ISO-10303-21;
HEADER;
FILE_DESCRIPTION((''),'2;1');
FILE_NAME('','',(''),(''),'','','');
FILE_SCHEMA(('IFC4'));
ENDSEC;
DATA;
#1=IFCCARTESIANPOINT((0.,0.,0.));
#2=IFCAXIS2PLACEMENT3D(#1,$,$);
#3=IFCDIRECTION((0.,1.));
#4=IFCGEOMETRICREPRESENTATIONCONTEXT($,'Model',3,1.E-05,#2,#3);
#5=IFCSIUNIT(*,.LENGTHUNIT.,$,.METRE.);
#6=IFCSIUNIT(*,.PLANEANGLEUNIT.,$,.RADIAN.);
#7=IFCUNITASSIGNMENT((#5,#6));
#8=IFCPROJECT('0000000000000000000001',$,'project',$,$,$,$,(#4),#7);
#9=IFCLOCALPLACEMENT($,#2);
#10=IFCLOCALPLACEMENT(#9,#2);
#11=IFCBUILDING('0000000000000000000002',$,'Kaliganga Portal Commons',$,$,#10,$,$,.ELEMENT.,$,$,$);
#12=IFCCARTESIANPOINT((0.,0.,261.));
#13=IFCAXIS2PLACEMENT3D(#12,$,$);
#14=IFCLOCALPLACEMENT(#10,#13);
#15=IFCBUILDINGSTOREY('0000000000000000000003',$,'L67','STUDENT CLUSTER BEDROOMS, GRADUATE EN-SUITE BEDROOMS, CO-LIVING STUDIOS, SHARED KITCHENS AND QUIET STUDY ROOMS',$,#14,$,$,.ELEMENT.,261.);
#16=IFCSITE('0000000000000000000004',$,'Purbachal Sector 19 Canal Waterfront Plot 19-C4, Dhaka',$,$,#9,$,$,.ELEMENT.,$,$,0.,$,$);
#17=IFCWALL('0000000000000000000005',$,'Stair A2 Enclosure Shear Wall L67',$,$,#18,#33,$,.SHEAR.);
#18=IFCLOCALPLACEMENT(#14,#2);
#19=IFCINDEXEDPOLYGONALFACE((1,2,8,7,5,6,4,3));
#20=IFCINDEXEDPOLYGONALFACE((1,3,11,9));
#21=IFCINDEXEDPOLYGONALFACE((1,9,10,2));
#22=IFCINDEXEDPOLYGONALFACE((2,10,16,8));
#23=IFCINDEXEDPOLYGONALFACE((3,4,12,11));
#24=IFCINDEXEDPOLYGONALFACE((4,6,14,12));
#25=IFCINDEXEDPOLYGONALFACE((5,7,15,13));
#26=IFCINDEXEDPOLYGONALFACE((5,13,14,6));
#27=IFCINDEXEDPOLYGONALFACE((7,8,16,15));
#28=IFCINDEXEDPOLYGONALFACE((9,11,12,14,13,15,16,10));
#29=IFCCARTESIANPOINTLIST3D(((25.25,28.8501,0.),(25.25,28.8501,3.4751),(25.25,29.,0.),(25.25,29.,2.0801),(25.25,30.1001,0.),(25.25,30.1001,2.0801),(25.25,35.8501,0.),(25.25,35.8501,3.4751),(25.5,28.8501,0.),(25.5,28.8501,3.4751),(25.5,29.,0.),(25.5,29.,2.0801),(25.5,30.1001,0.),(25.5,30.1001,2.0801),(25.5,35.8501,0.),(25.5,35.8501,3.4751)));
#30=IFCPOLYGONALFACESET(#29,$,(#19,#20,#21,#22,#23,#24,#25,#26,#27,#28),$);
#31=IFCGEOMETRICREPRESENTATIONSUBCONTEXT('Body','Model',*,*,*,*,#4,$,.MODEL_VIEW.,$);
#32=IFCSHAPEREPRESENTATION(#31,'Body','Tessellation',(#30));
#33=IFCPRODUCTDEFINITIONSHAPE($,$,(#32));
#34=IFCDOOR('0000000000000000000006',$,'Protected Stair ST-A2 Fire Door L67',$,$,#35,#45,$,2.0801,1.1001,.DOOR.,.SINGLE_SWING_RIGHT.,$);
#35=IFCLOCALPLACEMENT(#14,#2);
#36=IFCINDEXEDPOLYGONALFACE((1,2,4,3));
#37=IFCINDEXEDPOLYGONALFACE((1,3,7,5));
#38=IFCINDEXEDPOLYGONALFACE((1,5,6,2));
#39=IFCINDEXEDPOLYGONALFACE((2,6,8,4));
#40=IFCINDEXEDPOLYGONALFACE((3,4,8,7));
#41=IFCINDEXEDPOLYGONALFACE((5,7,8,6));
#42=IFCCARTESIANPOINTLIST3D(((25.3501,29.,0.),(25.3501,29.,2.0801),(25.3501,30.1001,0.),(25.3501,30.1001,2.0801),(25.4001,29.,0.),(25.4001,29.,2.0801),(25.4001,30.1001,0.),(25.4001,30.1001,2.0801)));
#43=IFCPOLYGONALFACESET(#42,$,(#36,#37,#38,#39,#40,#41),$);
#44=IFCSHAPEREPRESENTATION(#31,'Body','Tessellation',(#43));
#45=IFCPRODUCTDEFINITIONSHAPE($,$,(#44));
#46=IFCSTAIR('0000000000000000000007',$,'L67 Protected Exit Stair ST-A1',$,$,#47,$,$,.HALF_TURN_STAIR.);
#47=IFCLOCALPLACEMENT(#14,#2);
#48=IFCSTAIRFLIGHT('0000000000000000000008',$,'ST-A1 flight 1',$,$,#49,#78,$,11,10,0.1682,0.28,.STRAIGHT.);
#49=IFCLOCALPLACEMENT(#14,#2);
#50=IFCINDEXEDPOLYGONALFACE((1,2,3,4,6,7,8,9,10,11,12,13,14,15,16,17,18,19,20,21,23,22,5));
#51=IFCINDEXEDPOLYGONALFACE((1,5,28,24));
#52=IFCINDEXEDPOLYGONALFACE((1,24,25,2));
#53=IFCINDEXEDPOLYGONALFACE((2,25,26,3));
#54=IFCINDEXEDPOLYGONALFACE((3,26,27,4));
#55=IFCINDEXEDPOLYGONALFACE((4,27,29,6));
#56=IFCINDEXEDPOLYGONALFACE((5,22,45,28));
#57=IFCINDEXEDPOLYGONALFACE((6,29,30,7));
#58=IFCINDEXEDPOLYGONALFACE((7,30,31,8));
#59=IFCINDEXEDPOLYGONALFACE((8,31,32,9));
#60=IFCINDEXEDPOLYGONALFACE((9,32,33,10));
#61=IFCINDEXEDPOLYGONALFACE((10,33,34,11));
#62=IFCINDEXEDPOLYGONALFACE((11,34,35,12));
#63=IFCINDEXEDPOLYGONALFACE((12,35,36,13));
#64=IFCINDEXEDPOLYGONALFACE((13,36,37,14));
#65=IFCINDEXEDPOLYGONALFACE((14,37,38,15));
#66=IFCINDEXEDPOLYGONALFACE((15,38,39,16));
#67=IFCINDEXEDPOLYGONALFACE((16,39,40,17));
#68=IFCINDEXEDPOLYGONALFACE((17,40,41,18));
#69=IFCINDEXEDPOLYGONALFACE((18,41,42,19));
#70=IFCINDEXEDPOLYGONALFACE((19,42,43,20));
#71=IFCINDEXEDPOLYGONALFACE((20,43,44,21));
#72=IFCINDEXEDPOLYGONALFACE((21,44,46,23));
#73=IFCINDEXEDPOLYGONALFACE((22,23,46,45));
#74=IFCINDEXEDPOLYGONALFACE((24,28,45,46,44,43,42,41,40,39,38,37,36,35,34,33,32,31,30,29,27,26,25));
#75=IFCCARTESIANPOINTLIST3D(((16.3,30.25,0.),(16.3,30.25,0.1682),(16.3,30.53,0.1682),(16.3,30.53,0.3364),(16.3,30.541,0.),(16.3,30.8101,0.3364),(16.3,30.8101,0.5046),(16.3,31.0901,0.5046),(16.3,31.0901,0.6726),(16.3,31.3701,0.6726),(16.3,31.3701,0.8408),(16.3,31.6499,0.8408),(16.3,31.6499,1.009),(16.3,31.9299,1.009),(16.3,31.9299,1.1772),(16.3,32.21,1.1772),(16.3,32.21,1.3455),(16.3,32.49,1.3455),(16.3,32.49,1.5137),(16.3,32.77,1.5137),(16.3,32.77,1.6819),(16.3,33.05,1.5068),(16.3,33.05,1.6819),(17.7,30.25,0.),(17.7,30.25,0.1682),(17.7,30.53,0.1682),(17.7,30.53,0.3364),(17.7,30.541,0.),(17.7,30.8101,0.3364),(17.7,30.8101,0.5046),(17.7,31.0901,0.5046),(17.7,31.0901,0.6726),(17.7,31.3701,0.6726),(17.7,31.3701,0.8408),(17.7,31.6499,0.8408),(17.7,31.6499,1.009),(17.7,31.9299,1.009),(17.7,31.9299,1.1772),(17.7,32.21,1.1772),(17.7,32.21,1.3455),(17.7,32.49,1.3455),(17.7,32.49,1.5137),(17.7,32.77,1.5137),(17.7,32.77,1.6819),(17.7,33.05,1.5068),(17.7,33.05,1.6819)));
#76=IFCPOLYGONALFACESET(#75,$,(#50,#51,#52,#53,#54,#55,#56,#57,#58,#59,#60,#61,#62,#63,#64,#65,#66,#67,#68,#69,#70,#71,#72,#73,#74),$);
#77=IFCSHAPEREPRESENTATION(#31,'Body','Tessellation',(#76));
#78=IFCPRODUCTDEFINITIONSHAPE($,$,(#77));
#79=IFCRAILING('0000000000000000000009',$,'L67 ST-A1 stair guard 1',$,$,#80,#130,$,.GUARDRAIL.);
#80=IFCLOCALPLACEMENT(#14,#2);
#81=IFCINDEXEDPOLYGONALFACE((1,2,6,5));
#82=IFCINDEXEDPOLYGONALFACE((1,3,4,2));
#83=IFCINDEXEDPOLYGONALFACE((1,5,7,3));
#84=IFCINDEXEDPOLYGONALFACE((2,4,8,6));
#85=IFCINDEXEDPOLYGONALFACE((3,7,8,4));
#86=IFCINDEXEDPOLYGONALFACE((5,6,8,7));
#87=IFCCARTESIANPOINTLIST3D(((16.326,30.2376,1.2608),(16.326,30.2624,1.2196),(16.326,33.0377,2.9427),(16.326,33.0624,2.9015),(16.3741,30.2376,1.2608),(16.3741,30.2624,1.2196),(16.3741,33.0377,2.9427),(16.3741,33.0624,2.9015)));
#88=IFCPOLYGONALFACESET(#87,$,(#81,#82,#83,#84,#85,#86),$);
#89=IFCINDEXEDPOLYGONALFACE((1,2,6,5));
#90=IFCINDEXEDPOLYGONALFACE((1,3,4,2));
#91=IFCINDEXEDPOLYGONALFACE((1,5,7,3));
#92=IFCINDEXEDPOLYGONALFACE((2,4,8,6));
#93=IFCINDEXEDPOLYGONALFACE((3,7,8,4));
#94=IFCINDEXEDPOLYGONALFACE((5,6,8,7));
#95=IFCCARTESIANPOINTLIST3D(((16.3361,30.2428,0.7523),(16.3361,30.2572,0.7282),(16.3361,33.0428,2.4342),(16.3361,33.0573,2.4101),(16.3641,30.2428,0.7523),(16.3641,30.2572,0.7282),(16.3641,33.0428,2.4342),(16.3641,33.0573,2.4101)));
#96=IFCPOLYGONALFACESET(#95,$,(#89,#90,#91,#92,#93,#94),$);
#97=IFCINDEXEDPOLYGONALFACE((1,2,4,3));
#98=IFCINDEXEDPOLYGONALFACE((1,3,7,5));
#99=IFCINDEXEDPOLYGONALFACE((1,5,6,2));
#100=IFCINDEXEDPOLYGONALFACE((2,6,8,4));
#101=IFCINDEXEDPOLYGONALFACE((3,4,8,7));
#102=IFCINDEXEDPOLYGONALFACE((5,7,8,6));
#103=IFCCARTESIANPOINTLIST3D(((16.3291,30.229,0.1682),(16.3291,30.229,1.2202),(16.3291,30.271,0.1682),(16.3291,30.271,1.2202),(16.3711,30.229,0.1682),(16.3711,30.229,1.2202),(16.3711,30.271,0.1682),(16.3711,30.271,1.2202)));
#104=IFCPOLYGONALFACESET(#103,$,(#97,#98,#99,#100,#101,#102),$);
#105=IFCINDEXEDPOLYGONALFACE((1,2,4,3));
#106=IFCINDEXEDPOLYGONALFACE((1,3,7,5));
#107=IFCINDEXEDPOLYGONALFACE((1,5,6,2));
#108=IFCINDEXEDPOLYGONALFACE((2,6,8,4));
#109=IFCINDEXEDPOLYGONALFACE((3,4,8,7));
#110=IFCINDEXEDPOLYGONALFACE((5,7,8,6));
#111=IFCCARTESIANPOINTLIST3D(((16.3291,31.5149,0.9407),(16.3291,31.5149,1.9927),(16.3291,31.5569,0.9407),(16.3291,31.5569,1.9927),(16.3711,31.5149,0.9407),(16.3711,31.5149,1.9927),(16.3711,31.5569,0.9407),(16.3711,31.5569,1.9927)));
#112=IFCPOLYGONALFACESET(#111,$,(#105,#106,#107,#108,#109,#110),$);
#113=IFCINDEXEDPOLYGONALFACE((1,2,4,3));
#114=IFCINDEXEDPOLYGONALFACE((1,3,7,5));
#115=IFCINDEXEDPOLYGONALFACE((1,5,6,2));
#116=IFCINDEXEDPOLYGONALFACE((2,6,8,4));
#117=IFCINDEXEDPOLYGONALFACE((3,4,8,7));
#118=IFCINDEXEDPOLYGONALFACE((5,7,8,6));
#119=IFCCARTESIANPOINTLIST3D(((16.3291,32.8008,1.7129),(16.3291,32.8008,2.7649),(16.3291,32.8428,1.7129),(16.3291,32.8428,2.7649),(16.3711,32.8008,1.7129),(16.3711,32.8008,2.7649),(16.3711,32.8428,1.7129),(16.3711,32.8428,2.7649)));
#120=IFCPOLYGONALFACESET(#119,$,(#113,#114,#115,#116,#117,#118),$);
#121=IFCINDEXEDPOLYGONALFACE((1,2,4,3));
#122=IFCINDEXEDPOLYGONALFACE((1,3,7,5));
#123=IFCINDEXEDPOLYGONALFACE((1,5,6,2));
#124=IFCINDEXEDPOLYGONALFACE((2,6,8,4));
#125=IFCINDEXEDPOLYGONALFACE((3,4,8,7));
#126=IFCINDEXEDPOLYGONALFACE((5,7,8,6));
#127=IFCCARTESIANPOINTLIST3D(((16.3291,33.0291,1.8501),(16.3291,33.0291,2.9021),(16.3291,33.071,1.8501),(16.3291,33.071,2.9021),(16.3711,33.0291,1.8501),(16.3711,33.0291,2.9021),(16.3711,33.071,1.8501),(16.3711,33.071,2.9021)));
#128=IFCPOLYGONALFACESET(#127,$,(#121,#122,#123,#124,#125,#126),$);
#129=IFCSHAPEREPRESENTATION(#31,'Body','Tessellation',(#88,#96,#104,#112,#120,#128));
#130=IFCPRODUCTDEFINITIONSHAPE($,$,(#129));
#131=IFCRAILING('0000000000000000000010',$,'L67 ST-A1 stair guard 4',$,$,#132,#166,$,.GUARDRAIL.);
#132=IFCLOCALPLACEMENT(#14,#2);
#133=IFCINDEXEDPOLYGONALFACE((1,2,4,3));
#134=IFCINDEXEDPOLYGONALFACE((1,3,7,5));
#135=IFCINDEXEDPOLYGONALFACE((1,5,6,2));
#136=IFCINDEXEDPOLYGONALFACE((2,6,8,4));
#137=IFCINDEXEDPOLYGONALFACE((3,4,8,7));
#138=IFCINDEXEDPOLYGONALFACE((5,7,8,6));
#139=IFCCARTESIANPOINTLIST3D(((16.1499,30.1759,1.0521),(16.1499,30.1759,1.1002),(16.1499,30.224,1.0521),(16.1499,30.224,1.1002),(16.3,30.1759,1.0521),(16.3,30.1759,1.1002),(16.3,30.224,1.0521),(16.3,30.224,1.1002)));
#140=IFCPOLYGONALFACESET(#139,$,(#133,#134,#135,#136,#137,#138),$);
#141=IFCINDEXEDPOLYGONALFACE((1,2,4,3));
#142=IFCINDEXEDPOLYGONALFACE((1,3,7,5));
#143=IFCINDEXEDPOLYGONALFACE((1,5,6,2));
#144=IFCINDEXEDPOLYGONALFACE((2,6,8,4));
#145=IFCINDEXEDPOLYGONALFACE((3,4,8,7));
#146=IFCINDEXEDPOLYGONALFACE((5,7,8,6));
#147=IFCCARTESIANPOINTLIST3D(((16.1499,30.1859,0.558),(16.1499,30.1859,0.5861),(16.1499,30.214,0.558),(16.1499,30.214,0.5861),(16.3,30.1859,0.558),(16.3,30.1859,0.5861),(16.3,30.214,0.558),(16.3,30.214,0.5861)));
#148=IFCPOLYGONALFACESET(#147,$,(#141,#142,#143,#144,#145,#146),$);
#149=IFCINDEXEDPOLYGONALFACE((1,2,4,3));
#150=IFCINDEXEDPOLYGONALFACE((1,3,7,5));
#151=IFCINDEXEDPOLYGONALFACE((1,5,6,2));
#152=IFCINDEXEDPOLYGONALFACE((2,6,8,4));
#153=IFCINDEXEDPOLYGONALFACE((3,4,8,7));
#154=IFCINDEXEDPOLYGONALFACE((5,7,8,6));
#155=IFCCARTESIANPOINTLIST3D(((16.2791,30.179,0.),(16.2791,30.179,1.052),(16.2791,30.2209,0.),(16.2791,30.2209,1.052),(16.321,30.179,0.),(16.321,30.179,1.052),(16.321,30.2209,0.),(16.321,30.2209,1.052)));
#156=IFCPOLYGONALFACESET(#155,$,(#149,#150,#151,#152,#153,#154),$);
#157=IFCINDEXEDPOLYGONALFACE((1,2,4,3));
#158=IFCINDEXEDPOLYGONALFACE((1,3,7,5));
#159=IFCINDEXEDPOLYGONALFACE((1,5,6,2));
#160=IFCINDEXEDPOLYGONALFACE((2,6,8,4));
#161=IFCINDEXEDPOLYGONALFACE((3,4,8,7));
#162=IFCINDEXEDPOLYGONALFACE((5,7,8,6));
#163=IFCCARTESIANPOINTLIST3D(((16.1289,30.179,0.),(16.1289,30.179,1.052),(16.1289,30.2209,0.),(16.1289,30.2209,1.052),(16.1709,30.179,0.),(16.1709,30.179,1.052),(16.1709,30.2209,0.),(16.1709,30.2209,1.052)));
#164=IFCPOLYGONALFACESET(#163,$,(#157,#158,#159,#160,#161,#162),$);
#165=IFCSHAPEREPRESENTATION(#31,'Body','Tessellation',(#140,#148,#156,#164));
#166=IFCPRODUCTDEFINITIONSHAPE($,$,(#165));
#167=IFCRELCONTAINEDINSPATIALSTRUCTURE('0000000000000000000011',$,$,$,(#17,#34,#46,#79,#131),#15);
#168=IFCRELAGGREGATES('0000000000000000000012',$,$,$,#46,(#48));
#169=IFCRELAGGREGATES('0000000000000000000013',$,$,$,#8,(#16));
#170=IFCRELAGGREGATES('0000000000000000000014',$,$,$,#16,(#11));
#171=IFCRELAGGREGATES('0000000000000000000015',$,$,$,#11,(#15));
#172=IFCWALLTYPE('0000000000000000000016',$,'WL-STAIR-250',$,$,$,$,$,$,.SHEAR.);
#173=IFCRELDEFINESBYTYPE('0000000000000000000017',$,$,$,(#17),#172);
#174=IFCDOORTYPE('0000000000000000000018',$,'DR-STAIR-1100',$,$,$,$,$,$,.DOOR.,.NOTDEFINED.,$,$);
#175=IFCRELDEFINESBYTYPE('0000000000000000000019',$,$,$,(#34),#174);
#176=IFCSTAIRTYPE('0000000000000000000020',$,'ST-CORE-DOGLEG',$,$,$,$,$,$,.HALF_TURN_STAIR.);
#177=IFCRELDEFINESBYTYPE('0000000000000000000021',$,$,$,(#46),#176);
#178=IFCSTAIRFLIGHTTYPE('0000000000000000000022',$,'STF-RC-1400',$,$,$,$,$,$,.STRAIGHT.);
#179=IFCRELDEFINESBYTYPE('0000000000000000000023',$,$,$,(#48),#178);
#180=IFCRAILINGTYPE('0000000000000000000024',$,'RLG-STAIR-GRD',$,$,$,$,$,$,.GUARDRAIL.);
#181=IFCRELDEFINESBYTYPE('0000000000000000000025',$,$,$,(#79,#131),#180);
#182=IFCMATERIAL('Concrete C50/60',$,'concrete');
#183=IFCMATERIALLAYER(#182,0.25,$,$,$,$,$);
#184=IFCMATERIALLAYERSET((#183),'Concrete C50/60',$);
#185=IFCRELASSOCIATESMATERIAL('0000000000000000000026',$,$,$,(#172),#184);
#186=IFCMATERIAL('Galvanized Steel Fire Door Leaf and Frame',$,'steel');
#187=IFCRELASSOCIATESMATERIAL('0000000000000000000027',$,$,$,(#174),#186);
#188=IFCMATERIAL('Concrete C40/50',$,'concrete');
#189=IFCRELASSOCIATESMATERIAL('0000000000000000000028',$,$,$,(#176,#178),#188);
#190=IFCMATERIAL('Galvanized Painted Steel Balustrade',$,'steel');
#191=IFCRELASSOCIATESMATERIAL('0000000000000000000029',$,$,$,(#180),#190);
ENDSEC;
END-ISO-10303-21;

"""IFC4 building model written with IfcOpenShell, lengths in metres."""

from ifc_helpers import new_model, si_unit, direction, frame, frame_2d, origin, origin_2d, place, context, subcontext, project, spatial, polyline, rectangle, outline, extrude, material, layer, layer_set, type_object, element, fill, aggregate, save


model = new_model("IFC4")

# Units and contexts
model_context = context("Model", 3, precision=1e-05, world=origin(), true_north=direction((0.0, 1.0)))
body_context = subcontext(model_context, "Body", "Model", "MODEL_VIEW")
ifc_project = project(units=[si_unit("LENGTHUNIT", "METRE"), si_unit("PLANEANGLEUNIT", "RADIAN")], contexts=[model_context])

# Site, building, storey
site_placement = place(None, origin())
site = spatial("IfcSite", under=ifc_project, at=site_placement, Name="Purbachal Sector 19 Canal Waterfront Plot 19-C4, Dhaka", CompositionType="ELEMENT", RefElevation=0.0)
building_placement = place(site_placement, origin())
building = spatial("IfcBuilding", under=site, at=building_placement, Name="Kaliganga Portal Commons", CompositionType="ELEMENT")
storey_placement = place(building_placement, frame((0.0, 0.0, 261.0)))
storey = spatial("IfcBuildingStorey", under=building, at=storey_placement, Name="L67", Description="STUDENT CLUSTER BEDROOMS, GRADUATE EN-SUITE BEDROOMS, CO-LIVING STUDIOS, SHARED KITCHENS AND QUIET STUDY ROOMS", CompositionType="ELEMENT", Elevation=261.0)

# Shared definitions
ifc_material_1 = material(Name="Concrete C50/60", Category="concrete")

# Wall, opening, door
ifc_layer_1 = layer(ifc_material_1, 0.25)
ifc_layer_set_1 = layer_set([ifc_layer_1], Name="Concrete C50/60")
wall_type_1 = type_object("IfcWallType", Name="WL-STAIR-250", PredefinedType="SHEAR", material=ifc_layer_set_1)
ifc_material_2 = material(Name="Galvanized Steel Fire Door Leaf and Frame", Category="steel")
door_type_1 = type_object("IfcDoorType", Name="DR-STAIR-1100", OperationType="NOTDEFINED", PredefinedType="DOOR", material=ifc_material_2)
wall_1_placement = place(storey_placement, frame((25.375, 28.8501, 0.0), z_axis=(0.0, 0.0, 1.0), x_axis=(0.0, 1.0, 0.0)))
wall_1 = element("IfcWall", 1, at=wall_1_placement, inside=storey, type_object=wall_type_1, Name="Stair A2 Enclosure Shear Wall L67", PredefinedType="SHEAR", context=body_context, shape_type="SweptSolid", body=[
    extrude(rectangle(XDim=7.0, YDim=0.25, at=frame_2d((3.5, 0.0))), origin(), (0.0, 0.0, 1.0), 3.4751),
])
opening_1_placement = place(wall_1_placement, frame((0.1499, 0.0, 0.0)))
opening_1 = element("IfcOpeningElement", 2, at=opening_1_placement, cuts=wall_1, PredefinedType="OPENING", context=body_context, shape_type="SweptSolid", body=[
    extrude(rectangle(XDim=1.1001, YDim=2.0801, at=frame_2d((0.55, 1.04))), frame((0.0, 0.135, 0.0), z_axis=(0.0, -1.0, 0.0), x_axis=(1.0, 0.0, 0.0)), (0.0, 0.0, 1.0), 0.27),
])
door_1_placement = place(opening_1_placement, origin())
door_1 = element("IfcDoor", 3, at=door_1_placement, inside=storey, type_object=door_type_1, Name="Protected Stair ST-A2 Fire Door L67", OperationType="SINGLE_SWING_RIGHT", OverallHeight=2.0801, OverallWidth=1.1001, PredefinedType="DOOR", context=body_context, shape_type="SweptSolid", body=[
    extrude(rectangle(XDim=1.1001, YDim=2.0801, at=frame_2d((0.55, 1.04))), frame((0.0, 0.0249, 0.0), z_axis=(0.0, -1.0, 0.0), x_axis=(1.0, 0.0, 0.0)), (0.0, 0.0, 1.0), 0.05),
])
fill(opening_1, door_1)

# Stair, stair flight
ifc_material_3 = material(Name="Concrete C40/50", Category="concrete")
stair_type = type_object("IfcStairType", Name="ST-CORE-DOGLEG", PredefinedType="HALF_TURN_STAIR", material=ifc_material_3)
stair_placement = place(storey_placement, origin())
stair = element("IfcStair", 4, at=stair_placement, inside=storey, type_object=stair_type, Name="L67 Protected Exit Stair ST-A1", PredefinedType="HALF_TURN_STAIR")
stair_flight_type = type_object("IfcStairFlightType", Name="STF-RC-1400", PredefinedType="STRAIGHT", material=ifc_material_3)
stair_flight_placement = place(storey_placement, frame((17.0, 30.25, 0.0), z_axis=(0.0, 0.0, 1.0), x_axis=(0.0, 1.0, 0.0)))
stair_flight = element("IfcStairFlight", 5, at=stair_flight_placement, type_object=stair_flight_type, Name="ST-A1 flight 1", NumberOfRisers=11, NumberOfTreads=10, PredefinedType="STRAIGHT", RiserHeight=0.1682, TreadLength=0.28, context=body_context, shape_type="SweptSolid", body=[
    extrude(outline(polyline([(0.0, 0.0), (0.0, 0.1682), (0.28, 0.1682), (0.28, 0.3364), (0.5601, 0.3364), (0.5601, 0.5046), (0.8401, 0.5046), (0.8401, 0.6726), (1.1201, 0.6726), (1.1201, 0.8408), (1.3999, 0.8408), (1.3999, 1.009), (1.6799, 1.009), (1.6799, 1.1772), (1.96, 1.1772), (1.96, 1.3455), (2.24, 1.3455), (2.24, 1.5137), (2.52, 1.5137), (2.52, 1.6819), (2.8, 1.6819), (2.8, 1.8501), (2.8, 1.5068), (0.291, 0.0), (0.0, 0.0)])), frame((0.0, 0.7, 0.0), z_axis=(0.0, -1.0, 0.0), x_axis=(1.0, 0.0, 0.0)), (0.0, 0.0, 1.0), 1.3999),
])
aggregate(stair, [stair_flight])

# Railings
ifc_material_4 = material(Name="Galvanized Painted Steel Balustrade", Category="steel")
railing_type_1 = type_object("IfcRailingType", Name="RLG-STAIR-GRD", PredefinedType="GUARDRAIL", material=ifc_material_4)
railing_1_placement = place(storey_placement, frame((16.3501, 30.25, 0.1682)))
element("IfcRailing", 6, at=railing_1_placement, inside=storey, type_object=railing_type_1, Name="L67 ST-A1 stair guard 1", PredefinedType="GUARDRAIL", context=body_context, shape_type="SweptSolid", body=[
    extrude(rectangle(XDim=0.0481, YDim=0.0481, at=origin_2d()), frame((0.0, 0.0, 1.072), z_axis=(0.0, 0.857242, 0.514913), x_axis=(-1.0, 0.0, 0.0)), (0.0, 0.0, 1.0), 3.2664),
    extrude(rectangle(XDim=0.0281, YDim=0.0281, at=origin_2d()), frame((0.0, 0.0, 0.572), z_axis=(0.0, 0.857242, 0.514913), x_axis=(-1.0, 0.0, 0.0)), (0.0, 0.0, 1.0), 3.2664),
    extrude(rectangle(XDim=0.042, YDim=0.042, at=origin_2d()), origin(), (0.0, 0.0, 1.0), 1.052),
    extrude(rectangle(XDim=0.042, YDim=0.042, at=origin_2d()), frame((0.0, 1.2859, 0.7725)), (0.0, 0.0, 1.0), 1.052),
    extrude(rectangle(XDim=0.042, YDim=0.042, at=origin_2d()), frame((0.0, 2.5718, 1.5447)), (0.0, 0.0, 1.0), 1.052),
    extrude(rectangle(XDim=0.042, YDim=0.042, at=origin_2d()), frame((0.0, 2.8, 1.6819)), (0.0, 0.0, 1.0), 1.052),
])
railing_2_placement = place(storey_placement, frame((16.3, 30.2, 0.0)))
element("IfcRailing", 7, at=railing_2_placement, inside=storey, type_object=railing_type_1, Name="L67 ST-A1 stair guard 4", PredefinedType="GUARDRAIL", context=body_context, shape_type="SweptSolid", body=[
    extrude(rectangle(XDim=0.0481, YDim=0.0481, at=origin_2d()), frame((0.0, 0.0, 1.0762), z_axis=(-1.0, 0.0, 0.0), x_axis=(0.0, -1.0, 0.0)), (0.0, 0.0, 1.0), 0.1501),
    extrude(rectangle(XDim=0.0281, YDim=0.0281, at=origin_2d()), frame((0.0, 0.0, 0.572), z_axis=(-1.0, 0.0, 0.0), x_axis=(0.0, -1.0, 0.0)), (0.0, 0.0, 1.0), 0.1501),
    extrude(rectangle(XDim=0.042, YDim=0.042, at=origin_2d()), origin(), (0.0, 0.0, 1.0), 1.052),
    extrude(rectangle(XDim=0.042, YDim=0.042, at=origin_2d()), frame((-0.1501, 0.0, 0.0)), (0.0, 0.0, 1.0), 1.052),
])

save(model, "model.ifc")
